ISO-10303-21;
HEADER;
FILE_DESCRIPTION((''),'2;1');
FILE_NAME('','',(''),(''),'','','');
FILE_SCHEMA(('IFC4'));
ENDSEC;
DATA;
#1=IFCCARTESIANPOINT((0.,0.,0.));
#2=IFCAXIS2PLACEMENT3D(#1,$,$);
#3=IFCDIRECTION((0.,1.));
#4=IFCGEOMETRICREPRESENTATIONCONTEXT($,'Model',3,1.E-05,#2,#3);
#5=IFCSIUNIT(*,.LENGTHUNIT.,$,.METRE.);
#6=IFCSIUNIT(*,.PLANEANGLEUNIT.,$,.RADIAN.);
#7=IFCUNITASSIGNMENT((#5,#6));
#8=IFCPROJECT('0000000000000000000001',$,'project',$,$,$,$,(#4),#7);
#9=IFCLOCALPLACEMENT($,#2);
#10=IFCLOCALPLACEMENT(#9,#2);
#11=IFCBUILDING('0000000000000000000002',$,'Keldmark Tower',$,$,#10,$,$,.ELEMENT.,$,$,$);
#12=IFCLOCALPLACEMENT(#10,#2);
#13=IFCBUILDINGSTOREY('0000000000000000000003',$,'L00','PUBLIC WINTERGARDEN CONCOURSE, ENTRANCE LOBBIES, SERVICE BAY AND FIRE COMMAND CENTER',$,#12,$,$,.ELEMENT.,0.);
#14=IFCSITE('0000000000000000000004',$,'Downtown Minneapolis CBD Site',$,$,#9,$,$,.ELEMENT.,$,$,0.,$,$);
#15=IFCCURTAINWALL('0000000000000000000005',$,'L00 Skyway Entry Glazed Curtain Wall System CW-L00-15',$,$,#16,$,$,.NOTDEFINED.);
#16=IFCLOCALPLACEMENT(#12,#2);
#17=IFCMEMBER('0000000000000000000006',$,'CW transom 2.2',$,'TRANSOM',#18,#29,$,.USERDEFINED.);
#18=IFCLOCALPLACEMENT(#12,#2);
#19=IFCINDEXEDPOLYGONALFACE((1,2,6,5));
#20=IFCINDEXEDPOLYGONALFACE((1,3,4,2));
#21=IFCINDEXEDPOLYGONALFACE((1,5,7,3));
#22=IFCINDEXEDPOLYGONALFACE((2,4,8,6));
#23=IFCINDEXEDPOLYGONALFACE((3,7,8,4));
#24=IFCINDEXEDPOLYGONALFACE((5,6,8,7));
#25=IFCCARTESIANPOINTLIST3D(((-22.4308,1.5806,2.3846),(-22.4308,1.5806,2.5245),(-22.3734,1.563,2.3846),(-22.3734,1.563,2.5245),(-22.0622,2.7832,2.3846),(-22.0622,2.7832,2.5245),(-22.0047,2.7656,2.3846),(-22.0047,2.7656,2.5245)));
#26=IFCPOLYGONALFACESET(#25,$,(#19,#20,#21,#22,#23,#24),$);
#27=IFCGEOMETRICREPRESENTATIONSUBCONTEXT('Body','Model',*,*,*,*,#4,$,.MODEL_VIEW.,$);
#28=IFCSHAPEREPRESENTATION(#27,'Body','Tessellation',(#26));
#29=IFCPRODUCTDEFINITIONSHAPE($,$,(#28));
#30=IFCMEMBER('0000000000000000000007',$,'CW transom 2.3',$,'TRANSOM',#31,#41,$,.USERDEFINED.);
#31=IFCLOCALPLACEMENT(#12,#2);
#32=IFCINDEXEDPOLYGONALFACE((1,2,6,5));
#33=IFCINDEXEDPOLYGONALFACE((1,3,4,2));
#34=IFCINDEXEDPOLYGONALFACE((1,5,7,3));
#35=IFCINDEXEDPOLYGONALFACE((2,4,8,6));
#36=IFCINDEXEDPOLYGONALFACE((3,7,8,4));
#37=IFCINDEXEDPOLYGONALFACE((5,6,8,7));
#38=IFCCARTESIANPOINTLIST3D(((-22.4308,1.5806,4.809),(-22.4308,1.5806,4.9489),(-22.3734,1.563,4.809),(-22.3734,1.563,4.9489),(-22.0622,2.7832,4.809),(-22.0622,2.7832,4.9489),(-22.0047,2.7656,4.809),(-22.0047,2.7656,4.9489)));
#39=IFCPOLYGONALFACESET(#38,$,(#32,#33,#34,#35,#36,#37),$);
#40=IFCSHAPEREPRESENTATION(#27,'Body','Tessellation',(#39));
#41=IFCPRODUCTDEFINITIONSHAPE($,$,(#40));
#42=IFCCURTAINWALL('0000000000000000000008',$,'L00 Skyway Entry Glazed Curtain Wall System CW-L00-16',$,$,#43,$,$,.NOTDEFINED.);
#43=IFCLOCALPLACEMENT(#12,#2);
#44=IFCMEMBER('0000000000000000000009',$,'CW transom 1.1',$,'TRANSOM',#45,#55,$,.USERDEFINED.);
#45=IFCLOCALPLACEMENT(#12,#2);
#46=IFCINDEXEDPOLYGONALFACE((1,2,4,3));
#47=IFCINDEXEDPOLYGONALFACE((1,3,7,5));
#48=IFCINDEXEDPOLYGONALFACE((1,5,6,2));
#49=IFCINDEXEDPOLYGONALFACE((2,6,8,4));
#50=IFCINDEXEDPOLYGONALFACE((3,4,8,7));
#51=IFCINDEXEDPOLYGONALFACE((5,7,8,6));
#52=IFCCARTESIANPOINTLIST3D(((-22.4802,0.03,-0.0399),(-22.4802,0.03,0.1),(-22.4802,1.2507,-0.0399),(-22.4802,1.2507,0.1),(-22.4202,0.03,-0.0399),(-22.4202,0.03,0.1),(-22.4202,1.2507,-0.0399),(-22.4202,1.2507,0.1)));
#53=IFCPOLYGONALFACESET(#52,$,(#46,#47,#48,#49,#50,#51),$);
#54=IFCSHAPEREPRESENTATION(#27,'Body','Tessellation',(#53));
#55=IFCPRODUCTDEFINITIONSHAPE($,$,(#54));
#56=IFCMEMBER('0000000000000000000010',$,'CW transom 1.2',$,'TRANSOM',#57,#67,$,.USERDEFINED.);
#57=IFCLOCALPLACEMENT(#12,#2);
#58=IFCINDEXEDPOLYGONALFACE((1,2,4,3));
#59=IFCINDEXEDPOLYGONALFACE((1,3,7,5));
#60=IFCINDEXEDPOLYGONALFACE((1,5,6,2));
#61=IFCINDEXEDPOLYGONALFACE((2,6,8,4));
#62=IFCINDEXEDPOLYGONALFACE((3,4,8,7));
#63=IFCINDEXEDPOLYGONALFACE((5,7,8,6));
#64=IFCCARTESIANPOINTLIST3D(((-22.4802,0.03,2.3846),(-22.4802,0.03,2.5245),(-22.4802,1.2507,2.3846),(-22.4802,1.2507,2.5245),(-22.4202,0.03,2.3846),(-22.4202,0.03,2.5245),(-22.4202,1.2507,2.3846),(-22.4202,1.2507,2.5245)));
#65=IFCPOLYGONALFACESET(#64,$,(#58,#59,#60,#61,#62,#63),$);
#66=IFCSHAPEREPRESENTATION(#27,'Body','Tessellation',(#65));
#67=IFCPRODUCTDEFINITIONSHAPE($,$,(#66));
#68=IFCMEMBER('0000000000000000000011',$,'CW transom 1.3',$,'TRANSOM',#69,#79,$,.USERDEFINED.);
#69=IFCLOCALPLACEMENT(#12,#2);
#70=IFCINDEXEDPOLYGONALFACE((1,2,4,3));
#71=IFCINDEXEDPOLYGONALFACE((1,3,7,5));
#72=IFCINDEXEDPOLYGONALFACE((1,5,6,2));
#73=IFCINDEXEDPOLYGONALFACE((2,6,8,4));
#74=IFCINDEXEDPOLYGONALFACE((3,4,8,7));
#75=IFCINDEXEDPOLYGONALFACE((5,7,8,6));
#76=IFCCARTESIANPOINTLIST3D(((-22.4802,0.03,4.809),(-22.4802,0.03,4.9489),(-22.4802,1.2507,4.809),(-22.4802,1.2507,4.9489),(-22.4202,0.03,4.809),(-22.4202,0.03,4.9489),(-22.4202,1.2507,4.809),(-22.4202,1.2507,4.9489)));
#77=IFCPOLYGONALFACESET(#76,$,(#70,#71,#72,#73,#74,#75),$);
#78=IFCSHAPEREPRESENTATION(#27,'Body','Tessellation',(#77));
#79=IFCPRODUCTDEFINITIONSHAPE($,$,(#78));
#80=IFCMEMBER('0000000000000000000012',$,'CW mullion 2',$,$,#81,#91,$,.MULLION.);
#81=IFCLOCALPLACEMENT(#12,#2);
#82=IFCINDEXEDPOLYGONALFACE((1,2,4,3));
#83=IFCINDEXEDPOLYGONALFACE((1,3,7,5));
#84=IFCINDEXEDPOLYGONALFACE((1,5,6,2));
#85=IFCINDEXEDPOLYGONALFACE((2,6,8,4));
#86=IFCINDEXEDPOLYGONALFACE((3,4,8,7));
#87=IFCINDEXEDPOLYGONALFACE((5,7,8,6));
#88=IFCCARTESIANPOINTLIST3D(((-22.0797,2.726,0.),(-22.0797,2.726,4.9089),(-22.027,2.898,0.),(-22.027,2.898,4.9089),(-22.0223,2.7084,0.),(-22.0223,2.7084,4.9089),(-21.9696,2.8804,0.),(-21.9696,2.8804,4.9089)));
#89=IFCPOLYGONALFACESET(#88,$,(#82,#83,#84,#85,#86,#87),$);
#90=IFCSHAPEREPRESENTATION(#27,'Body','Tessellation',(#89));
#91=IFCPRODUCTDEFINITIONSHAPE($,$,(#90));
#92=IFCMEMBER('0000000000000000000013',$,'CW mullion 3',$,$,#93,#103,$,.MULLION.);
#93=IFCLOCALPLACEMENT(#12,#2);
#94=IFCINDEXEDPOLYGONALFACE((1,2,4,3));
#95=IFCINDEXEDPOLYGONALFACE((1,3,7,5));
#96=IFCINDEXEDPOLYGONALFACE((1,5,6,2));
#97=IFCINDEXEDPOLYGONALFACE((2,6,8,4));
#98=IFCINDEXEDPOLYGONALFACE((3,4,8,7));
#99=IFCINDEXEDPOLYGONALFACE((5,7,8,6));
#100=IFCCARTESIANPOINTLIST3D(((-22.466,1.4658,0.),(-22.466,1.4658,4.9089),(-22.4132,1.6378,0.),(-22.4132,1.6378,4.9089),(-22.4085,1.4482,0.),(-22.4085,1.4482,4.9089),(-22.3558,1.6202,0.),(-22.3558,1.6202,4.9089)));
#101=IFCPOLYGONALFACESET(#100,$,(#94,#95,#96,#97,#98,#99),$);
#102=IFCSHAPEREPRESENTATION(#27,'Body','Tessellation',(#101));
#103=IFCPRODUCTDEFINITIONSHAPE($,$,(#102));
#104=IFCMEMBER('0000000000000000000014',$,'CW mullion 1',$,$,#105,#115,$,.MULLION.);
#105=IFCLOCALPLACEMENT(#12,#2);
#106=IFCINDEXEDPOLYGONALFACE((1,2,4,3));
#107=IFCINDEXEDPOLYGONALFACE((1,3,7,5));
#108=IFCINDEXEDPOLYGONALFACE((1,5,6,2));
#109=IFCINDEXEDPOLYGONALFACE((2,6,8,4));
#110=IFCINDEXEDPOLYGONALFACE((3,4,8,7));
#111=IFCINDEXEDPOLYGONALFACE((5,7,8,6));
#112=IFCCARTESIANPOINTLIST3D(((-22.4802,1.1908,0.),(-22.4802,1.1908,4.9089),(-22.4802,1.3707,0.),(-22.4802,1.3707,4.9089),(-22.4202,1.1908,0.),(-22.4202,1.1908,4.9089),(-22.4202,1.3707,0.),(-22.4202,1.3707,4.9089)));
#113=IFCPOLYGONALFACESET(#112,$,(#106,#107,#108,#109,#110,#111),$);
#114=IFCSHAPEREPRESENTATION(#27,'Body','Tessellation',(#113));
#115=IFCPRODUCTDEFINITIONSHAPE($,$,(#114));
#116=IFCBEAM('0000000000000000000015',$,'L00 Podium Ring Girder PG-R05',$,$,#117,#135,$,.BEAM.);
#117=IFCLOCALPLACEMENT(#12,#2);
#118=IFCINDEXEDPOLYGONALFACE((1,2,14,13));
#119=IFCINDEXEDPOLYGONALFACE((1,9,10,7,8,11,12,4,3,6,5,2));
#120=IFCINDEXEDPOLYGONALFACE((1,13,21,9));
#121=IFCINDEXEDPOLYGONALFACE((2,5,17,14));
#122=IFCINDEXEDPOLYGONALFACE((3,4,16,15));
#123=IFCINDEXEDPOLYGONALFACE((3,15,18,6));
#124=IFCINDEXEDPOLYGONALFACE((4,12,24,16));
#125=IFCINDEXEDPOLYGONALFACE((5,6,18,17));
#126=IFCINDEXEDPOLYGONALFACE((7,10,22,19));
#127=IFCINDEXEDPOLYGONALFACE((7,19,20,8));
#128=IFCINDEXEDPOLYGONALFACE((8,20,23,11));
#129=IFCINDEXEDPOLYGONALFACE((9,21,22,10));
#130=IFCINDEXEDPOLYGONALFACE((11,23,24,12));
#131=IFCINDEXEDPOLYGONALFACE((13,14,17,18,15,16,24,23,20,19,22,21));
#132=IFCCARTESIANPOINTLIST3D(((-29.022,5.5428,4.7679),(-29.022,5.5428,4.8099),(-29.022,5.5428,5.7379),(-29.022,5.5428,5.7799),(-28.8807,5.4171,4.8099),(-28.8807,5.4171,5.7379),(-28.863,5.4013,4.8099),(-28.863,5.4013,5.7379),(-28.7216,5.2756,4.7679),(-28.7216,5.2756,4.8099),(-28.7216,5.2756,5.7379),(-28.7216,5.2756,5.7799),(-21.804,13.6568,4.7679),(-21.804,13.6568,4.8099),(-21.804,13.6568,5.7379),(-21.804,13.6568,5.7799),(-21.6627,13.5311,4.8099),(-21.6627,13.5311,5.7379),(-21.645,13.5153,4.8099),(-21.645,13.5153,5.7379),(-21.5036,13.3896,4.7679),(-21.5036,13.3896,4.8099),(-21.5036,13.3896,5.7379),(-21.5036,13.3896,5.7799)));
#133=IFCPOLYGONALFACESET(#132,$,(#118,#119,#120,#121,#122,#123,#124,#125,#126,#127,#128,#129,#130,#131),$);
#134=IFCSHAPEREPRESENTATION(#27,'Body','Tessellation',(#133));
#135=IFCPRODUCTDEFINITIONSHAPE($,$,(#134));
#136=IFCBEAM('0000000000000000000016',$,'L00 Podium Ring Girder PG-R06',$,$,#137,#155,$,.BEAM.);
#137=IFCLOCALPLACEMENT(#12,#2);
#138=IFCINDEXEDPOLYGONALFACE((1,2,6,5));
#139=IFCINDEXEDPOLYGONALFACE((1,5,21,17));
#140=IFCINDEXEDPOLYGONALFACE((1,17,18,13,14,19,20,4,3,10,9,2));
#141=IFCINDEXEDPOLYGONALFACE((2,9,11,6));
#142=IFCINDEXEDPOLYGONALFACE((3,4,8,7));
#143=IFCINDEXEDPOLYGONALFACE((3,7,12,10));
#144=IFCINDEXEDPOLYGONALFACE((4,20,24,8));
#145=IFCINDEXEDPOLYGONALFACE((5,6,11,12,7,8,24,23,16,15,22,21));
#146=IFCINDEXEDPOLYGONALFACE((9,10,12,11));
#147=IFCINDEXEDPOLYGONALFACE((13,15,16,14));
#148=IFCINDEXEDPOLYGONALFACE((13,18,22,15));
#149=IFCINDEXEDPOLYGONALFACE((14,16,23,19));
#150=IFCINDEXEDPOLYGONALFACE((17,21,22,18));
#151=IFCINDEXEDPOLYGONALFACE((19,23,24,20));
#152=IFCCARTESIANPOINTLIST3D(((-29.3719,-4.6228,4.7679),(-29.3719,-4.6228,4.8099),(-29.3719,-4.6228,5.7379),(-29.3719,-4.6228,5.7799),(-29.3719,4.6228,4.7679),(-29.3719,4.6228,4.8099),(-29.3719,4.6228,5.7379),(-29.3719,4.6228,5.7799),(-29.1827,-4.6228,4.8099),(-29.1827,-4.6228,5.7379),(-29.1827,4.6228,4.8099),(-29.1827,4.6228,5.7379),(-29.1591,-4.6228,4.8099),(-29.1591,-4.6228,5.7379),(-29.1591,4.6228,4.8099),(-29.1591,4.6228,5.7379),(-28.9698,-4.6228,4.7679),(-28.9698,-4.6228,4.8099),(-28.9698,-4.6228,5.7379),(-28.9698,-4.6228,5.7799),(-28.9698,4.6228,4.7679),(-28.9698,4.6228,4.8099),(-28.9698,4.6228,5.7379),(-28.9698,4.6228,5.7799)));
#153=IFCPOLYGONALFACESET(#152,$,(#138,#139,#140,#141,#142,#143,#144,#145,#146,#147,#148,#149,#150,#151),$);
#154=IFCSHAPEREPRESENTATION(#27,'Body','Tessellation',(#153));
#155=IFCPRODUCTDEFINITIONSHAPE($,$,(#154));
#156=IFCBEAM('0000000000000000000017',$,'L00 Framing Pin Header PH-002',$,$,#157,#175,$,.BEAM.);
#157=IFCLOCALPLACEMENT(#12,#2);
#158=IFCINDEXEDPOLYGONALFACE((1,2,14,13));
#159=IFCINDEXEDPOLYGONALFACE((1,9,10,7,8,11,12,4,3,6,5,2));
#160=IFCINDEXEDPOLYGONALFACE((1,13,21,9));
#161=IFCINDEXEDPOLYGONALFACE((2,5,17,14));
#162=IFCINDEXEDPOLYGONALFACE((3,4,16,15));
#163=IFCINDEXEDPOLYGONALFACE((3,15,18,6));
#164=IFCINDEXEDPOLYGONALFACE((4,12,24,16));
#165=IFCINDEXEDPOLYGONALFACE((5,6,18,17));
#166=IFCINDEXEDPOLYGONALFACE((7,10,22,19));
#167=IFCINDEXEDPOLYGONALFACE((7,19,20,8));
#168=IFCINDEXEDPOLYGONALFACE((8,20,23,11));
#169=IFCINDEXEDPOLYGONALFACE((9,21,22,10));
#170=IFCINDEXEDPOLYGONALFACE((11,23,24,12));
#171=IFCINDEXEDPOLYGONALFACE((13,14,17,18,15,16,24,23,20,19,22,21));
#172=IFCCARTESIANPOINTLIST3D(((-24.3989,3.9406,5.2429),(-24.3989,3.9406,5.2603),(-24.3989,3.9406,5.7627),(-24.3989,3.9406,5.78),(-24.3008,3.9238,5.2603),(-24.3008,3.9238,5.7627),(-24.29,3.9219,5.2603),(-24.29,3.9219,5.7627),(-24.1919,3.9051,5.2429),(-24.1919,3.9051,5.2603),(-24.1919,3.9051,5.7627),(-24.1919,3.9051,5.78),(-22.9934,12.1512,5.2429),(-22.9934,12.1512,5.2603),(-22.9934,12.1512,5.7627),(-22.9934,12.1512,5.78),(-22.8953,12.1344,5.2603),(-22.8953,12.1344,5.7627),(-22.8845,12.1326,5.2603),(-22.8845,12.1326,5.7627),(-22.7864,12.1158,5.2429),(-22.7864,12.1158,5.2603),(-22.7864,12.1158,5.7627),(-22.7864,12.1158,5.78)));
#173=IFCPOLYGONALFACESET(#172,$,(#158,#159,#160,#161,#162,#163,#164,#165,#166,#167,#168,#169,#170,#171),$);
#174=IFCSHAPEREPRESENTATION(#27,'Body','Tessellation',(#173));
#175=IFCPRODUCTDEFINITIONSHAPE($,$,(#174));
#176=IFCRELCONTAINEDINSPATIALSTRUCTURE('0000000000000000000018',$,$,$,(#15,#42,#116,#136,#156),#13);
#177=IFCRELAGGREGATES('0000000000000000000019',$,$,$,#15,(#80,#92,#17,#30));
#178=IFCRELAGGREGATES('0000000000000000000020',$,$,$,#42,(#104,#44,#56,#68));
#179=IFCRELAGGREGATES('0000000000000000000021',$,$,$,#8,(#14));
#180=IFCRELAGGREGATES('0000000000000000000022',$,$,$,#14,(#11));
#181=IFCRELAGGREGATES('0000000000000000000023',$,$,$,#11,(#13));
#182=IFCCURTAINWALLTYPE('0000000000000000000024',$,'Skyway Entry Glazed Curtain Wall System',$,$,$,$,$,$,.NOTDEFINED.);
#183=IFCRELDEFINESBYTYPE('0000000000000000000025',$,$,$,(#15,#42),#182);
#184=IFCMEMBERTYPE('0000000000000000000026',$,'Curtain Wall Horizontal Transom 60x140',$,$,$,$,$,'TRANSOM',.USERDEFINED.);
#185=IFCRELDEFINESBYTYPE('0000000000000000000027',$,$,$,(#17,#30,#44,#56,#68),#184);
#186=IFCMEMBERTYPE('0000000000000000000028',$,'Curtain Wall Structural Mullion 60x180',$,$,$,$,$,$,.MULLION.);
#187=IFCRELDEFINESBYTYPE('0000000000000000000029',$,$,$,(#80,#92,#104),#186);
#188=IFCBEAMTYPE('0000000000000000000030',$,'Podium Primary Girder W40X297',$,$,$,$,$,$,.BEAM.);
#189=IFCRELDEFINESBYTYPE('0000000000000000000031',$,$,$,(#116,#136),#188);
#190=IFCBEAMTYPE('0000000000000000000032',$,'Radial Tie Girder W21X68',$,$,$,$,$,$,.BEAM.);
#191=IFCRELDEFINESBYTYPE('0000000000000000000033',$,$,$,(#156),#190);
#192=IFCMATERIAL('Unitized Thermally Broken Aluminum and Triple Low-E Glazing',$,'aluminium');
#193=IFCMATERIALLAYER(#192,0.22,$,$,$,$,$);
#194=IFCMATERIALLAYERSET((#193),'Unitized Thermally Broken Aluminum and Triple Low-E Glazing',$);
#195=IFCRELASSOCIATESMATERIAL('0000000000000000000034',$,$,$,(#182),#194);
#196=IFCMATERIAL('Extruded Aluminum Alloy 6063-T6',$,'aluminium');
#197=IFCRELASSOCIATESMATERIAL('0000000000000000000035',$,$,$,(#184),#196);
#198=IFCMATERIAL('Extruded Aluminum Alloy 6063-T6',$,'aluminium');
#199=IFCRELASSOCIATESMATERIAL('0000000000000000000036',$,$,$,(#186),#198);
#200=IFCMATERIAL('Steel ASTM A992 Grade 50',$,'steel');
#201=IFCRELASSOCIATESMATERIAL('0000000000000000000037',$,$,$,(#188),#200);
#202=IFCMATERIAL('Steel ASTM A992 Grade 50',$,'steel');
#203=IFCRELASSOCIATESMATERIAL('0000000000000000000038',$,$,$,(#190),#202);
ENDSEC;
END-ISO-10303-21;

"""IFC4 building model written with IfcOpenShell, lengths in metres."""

from ifc_helpers import new_model, si_unit, direction, frame, origin, origin_2d, place, context, subcontext, project, spatial, rectangle, i_section, extrude, material, layer, layer_set, material_profile, profile_set, type_object, element, aggregate, save


model = new_model("IFC4")

# Units and contexts
model_context = context("Model", 3, precision=1e-05, world=origin(), true_north=direction((0.0, 1.0)))
body_context = subcontext(model_context, "Body", "Model", "MODEL_VIEW")
ifc_project = project(units=[si_unit("LENGTHUNIT", "METRE"), si_unit("PLANEANGLEUNIT", "RADIAN")], contexts=[model_context])

# Site, building, storey
site_placement = place(None, origin())
site = spatial("IfcSite", under=ifc_project, at=site_placement, Name="Downtown Minneapolis CBD Site", CompositionType="ELEMENT", RefElevation=0.0)
building_placement = place(site_placement, origin())
building = spatial("IfcBuilding", under=site, at=building_placement, Name="Keldmark Tower", CompositionType="ELEMENT")
storey_placement = place(building_placement, origin())
storey = spatial("IfcBuildingStorey", under=building, at=storey_placement, Name="L00", Description="PUBLIC WINTERGARDEN CONCOURSE, ENTRANCE LOBBIES, SERVICE BAY AND FIRE COMMAND CENTER", CompositionType="ELEMENT", Elevation=0.0)

# Curtain walls, members
ifc_material_1 = material(Name="Unitized Thermally Broken Aluminum and Triple Low-E Glazing", Category="aluminium")
ifc_layer_1 = layer(ifc_material_1, 0.22)
ifc_layer_set_1 = layer_set([ifc_layer_1], Name="Unitized Thermally Broken Aluminum and Triple Low-E Glazing")
curtain_wall_type = type_object("IfcCurtainWallType", Name="Skyway Entry Glazed Curtain Wall System", PredefinedType="NOTDEFINED", material=ifc_layer_set_1)
curtain_wall_1_placement = place(storey_placement, origin())
curtain_wall_1 = element("IfcCurtainWall", 1, at=curtain_wall_1_placement, inside=storey, type_object=curtain_wall_type, Name="L00 Skyway Entry Glazed Curtain Wall System CW-L00-15", PredefinedType="NOTDEFINED")
ifc_material_2 = material(Name="Extruded Aluminum Alloy 6063-T6", Category="aluminium")
ifc_material_profile_1 = material_profile(ifc_material_2, rectangle(XDim=0.0601, YDim=0.1399, at=origin_2d()), Name="CWT60X140")
ifc_profile_set_1 = profile_set([ifc_material_profile_1], Name="Extruded Aluminum Alloy 6063-T6")
member_type_1 = type_object("IfcMemberType", Name="Curtain Wall Horizontal Transom 60x140", ElementType="TRANSOM", PredefinedType="USERDEFINED", material=ifc_profile_set_1)
member_1_placement = place(storey_placement, frame((-22.0334, 2.7744, 2.4546), z_axis=(-0.293076, -0.956089, 0.0), x_axis=(0.956089, -0.293076, 0.0)))
member_1 = element("IfcMember", 2, at=member_1_placement, type_object=member_type_1, Name="CW transom 2.2", ObjectType="TRANSOM", PredefinedType="USERDEFINED", context=body_context, shape_type="SweptSolid", body=[
    extrude(rectangle(XDim=0.0601, YDim=0.1399, at=origin_2d()), origin(), (0.0, 0.0, 1.0), 1.2578),
])
member_2_placement = place(storey_placement, frame((-22.0334, 2.7744, 4.8789), z_axis=(-0.293076, -0.956089, 0.0), x_axis=(0.956089, -0.293076, 0.0)))
member_2 = element("IfcMember", 3, at=member_2_placement, type_object=member_type_1, Name="CW transom 2.3", ObjectType="TRANSOM", PredefinedType="USERDEFINED", context=body_context, shape_type="SweptSolid", body=[
    extrude(rectangle(XDim=0.0601, YDim=0.1399, at=origin_2d()), origin(), (0.0, 0.0, 1.0), 1.2578),
])
curtain_wall_2_placement = place(storey_placement, origin())
curtain_wall_2 = element("IfcCurtainWall", 4, at=curtain_wall_2_placement, inside=storey, type_object=curtain_wall_type, Name="L00 Skyway Entry Glazed Curtain Wall System CW-L00-16", PredefinedType="NOTDEFINED")
member_3_placement = place(storey_placement, frame((-22.4502, 1.2507, 0.03), z_axis=(0.0, -1.0, 0.0), x_axis=(1.0, 0.0, 0.0)))
member_3 = element("IfcMember", 5, at=member_3_placement, type_object=member_type_1, Name="CW transom 1.1", ObjectType="TRANSOM", PredefinedType="USERDEFINED", context=body_context, shape_type="SweptSolid", body=[
    extrude(rectangle(XDim=0.0601, YDim=0.1399, at=origin_2d()), origin(), (0.0, 0.0, 1.0), 1.2207),
])
member_4_placement = place(storey_placement, frame((-22.4502, 1.2507, 2.4546), z_axis=(0.0, -1.0, 0.0), x_axis=(1.0, 0.0, 0.0)))
member_4 = element("IfcMember", 6, at=member_4_placement, type_object=member_type_1, Name="CW transom 1.2", ObjectType="TRANSOM", PredefinedType="USERDEFINED", context=body_context, shape_type="SweptSolid", body=[
    extrude(rectangle(XDim=0.0601, YDim=0.1399, at=origin_2d()), origin(), (0.0, 0.0, 1.0), 1.2207),
])
member_5_placement = place(storey_placement, frame((-22.4502, 1.2507, 4.8789), z_axis=(0.0, -1.0, 0.0), x_axis=(1.0, 0.0, 0.0)))
member_5 = element("IfcMember", 7, at=member_5_placement, type_object=member_type_1, Name="CW transom 1.3", ObjectType="TRANSOM", PredefinedType="USERDEFINED", context=body_context, shape_type="SweptSolid", body=[
    extrude(rectangle(XDim=0.0601, YDim=0.1399, at=origin_2d()), origin(), (0.0, 0.0, 1.0), 1.2207),
])

# Members
ifc_material_3 = material(Name="Extruded Aluminum Alloy 6063-T6", Category="aluminium")
ifc_material_profile_2 = material_profile(ifc_material_3, rectangle(XDim=0.0601, YDim=0.1799, at=origin_2d()), Name="CWM60X180")
ifc_profile_set_2 = profile_set([ifc_material_profile_2], Name="Extruded Aluminum Alloy 6063-T6")
member_type_2 = type_object("IfcMemberType", Name="Curtain Wall Structural Mullion 60x180", PredefinedType="MULLION", material=ifc_profile_set_2)
member_6_placement = place(storey_placement, frame((-22.0247, 2.8032, 0.0), z_axis=(0.0, 0.0, 1.0), x_axis=(0.956106, -0.293022, 0.0)))
member_6 = element("IfcMember", 8, at=member_6_placement, type_object=member_type_2, Name="CW mullion 2", PredefinedType="MULLION", context=body_context, shape_type="SweptSolid", body=[
    extrude(rectangle(XDim=0.0601, YDim=0.1799, at=origin_2d()), origin(), (0.0, 0.0, 1.0), 4.9089),
])
member_7_placement = place(storey_placement, frame((-22.4109, 1.543, 0.0), z_axis=(0.0, 0.0, 1.0), x_axis=(0.956106, -0.293022, 0.0)))
member_7 = element("IfcMember", 9, at=member_7_placement, type_object=member_type_2, Name="CW mullion 3", PredefinedType="MULLION", context=body_context, shape_type="SweptSolid", body=[
    extrude(rectangle(XDim=0.0601, YDim=0.1799, at=origin_2d()), origin(), (0.0, 0.0, 1.0), 4.9089),
])
member_8_placement = place(storey_placement, frame((-22.4502, 1.2808, 0.0), z_axis=(0.0, 0.0, 1.0), x_axis=(1.0, 0.0, 0.0)))
member_8 = element("IfcMember", 10, at=member_8_placement, type_object=member_type_2, Name="CW mullion 1", PredefinedType="MULLION", context=body_context, shape_type="SweptSolid", body=[
    extrude(rectangle(XDim=0.0601, YDim=0.1799, at=origin_2d()), origin(), (0.0, 0.0, 1.0), 4.9089),
])

# Beams
ifc_material_4 = material(Name="Steel ASTM A992 Grade 50", Category="steel")
ifc_material_profile_3 = material_profile(ifc_material_4, i_section(OverallWidth=0.4021, OverallDepth=1.012, WebThickness=0.0237, FlangeThickness=0.042, at=origin_2d()), Name="W40X297")
ifc_profile_set_3 = profile_set([ifc_material_profile_3], Name="Steel ASTM A992 Grade 50")
beam_type_1 = type_object("IfcBeamType", Name="Podium Primary Girder W40X297", PredefinedType="BEAM", material=ifc_profile_set_3)
beam_1_placement = place(storey_placement, frame((-21.6538, 13.5232, 5.2739), z_axis=(-0.66465, -0.747155, 0.0), x_axis=(0.747155, -0.66465, 0.0)))
element("IfcBeam", 11, at=beam_1_placement, inside=storey, type_object=beam_type_1, Name="L00 Podium Ring Girder PG-R05", PredefinedType="BEAM", context=body_context, shape_type="SweptSolid", body=[
    extrude(i_section(OverallWidth=0.4021, OverallDepth=1.012, WebThickness=0.0237, FlangeThickness=0.042, at=origin_2d()), origin(), (0.0, 0.0, 1.0), 10.8599),
])
beam_2_placement = place(storey_placement, frame((-29.1709, 4.6228, 5.2739), z_axis=(0.0, -1.0, 0.0), x_axis=(1.0, 0.0, 0.0)))
element("IfcBeam", 12, at=beam_2_placement, inside=storey, type_object=beam_type_1, Name="L00 Podium Ring Girder PG-R06", PredefinedType="BEAM", context=body_context, shape_type="SweptSolid", body=[
    extrude(i_section(OverallWidth=0.4021, OverallDepth=1.012, WebThickness=0.0237, FlangeThickness=0.042, at=origin_2d()), origin(), (0.0, 0.0, 1.0), 9.2456),
])
ifc_material_5 = material(Name="Steel ASTM A992 Grade 50", Category="steel")
ifc_material_profile_4 = material_profile(ifc_material_5, i_section(OverallWidth=0.21, OverallDepth=0.5371, WebThickness=0.011, FlangeThickness=0.0173, at=origin_2d()), Name="W21X68")
ifc_profile_set_4 = profile_set([ifc_material_profile_4], Name="Steel ASTM A992 Grade 50")
beam_type_2 = type_object("IfcBeamType", Name="Radial Tie Girder W21X68", PredefinedType="BEAM", material=ifc_profile_set_4)
beam_3_placement = place(storey_placement, frame((-24.2954, 3.9229, 5.5115), z_axis=(0.168727, 0.985663, 0.0), x_axis=(-0.985663, 0.168727, 0.0)))
element("IfcBeam", 13, at=beam_3_placement, inside=storey, type_object=beam_type_2, Name="L00 Framing Pin Header PH-002", PredefinedType="BEAM", context=body_context, shape_type="SweptSolid", body=[
    extrude(i_section(OverallWidth=0.21, OverallDepth=0.5371, WebThickness=0.011, FlangeThickness=0.0173, at=origin_2d()), origin(), (0.0, 0.0, 1.0), 8.3301),
])

aggregate(curtain_wall_1, [member_6, member_7, member_1, member_2])
aggregate(curtain_wall_2, [member_8, member_3, member_4, member_5])

save(model, "model.ifc")
